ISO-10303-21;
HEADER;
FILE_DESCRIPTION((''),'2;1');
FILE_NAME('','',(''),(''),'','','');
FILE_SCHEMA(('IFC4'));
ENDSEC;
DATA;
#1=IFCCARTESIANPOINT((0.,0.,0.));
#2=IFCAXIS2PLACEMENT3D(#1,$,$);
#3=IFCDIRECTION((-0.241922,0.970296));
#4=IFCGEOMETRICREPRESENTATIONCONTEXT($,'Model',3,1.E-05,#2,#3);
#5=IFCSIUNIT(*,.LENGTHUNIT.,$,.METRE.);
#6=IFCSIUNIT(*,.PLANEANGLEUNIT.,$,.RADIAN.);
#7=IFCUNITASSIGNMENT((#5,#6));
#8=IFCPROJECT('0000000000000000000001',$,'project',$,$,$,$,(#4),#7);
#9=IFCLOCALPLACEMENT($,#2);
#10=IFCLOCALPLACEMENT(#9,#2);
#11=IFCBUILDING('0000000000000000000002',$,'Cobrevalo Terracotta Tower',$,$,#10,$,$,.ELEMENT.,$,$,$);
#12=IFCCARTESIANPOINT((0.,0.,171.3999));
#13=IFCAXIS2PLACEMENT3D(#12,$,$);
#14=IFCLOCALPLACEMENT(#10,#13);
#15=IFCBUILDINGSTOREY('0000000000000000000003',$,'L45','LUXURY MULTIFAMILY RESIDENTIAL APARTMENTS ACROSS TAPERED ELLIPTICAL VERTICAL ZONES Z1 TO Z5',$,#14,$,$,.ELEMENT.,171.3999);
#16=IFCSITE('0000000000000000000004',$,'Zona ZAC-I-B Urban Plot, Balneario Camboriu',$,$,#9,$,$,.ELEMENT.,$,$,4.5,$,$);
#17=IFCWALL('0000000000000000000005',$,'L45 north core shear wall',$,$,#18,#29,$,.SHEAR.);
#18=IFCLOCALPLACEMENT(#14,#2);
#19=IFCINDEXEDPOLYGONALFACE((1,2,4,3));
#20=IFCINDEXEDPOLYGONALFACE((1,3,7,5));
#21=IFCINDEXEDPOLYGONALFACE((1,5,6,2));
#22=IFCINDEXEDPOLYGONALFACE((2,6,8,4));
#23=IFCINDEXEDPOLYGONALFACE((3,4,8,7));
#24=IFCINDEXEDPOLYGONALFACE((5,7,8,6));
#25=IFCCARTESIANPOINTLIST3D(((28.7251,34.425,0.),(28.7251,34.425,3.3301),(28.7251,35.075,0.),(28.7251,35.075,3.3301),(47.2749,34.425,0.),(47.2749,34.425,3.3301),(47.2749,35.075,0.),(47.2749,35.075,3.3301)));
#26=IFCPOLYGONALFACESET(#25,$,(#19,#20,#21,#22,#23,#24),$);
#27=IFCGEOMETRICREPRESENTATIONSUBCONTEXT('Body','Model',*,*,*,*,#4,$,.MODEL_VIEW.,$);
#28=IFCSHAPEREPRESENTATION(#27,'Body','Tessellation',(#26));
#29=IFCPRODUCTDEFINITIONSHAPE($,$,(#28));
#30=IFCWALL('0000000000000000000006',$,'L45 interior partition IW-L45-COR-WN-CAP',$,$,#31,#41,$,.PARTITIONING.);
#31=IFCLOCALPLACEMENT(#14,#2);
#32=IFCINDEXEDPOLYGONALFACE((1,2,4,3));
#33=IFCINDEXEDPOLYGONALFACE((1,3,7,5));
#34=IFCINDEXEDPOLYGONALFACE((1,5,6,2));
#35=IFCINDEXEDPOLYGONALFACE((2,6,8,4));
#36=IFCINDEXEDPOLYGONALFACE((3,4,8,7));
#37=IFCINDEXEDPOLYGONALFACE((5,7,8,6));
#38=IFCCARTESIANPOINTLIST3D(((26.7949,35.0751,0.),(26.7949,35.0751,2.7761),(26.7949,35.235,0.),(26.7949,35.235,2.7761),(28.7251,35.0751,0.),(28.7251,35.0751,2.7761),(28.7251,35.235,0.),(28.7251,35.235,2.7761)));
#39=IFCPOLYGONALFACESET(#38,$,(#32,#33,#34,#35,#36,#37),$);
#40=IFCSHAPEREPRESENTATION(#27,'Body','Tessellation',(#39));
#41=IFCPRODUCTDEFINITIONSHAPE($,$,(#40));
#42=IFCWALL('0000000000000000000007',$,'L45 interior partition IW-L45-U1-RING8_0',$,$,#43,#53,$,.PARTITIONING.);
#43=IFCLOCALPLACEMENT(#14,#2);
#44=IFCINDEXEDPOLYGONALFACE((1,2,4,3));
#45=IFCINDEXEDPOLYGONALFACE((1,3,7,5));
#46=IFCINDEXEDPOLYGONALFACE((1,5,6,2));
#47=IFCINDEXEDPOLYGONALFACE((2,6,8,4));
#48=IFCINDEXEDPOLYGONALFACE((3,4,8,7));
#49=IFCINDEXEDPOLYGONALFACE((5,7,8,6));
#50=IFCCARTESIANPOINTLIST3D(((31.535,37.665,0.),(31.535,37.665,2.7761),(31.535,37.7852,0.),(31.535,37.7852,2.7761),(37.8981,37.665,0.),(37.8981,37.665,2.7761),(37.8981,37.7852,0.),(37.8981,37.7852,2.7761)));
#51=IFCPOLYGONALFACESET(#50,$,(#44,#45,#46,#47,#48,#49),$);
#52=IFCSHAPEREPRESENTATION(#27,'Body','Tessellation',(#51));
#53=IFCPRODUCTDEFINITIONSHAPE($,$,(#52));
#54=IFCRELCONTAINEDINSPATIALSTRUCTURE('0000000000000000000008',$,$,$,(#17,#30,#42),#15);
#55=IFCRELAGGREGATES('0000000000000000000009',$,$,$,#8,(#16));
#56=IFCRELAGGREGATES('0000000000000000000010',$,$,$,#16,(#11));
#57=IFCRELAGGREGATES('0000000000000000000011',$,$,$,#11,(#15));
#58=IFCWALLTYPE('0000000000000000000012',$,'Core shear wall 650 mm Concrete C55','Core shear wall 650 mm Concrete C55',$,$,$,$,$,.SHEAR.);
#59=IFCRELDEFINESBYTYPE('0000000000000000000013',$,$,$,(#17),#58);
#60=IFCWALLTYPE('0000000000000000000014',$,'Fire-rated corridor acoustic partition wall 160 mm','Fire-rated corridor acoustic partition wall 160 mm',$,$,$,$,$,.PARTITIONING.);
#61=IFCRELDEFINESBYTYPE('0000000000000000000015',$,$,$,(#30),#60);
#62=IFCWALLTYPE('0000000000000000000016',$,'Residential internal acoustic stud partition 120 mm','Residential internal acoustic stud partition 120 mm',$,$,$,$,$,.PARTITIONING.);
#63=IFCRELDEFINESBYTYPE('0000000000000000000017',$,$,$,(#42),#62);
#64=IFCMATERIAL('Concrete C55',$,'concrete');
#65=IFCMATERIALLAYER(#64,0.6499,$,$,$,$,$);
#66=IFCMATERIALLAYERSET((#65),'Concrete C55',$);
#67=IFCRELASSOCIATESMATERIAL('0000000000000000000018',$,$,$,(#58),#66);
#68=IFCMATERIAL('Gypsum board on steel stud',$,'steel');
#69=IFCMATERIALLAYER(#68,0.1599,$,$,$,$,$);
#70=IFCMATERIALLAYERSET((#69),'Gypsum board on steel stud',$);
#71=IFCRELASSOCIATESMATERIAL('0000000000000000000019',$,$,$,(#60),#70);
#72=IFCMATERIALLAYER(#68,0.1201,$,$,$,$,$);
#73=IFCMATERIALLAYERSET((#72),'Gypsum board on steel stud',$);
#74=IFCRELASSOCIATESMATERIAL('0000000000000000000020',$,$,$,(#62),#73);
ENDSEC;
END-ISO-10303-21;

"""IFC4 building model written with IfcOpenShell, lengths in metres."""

from ifc_helpers import new_model, si_unit, direction, frame, frame_2d, origin, place, context, subcontext, project, spatial, rectangle, extrude, material, layer, layer_set, type_object, element, save


model = new_model("IFC4")

# Units and contexts
model_context = context("Model", 3, precision=1e-05, world=origin(), true_north=direction((-0.241922, 0.970296)))
body_context = subcontext(model_context, "Body", "Model", "MODEL_VIEW")
ifc_project = project(units=[si_unit("LENGTHUNIT", "METRE"), si_unit("PLANEANGLEUNIT", "RADIAN")], contexts=[model_context])

# Site, building, storey
site_placement = place(None, origin())
site = spatial("IfcSite", under=ifc_project, at=site_placement, Name="Zona ZAC-I-B Urban Plot, Balneario Camboriu", CompositionType="ELEMENT", RefElevation=4.5)
building_placement = place(site_placement, origin())
building = spatial("IfcBuilding", under=site, at=building_placement, Name="Cobrevalo Terracotta Tower", CompositionType="ELEMENT")
storey_placement = place(building_placement, frame((0.0, 0.0, 171.3999)))
storey = spatial("IfcBuildingStorey", under=building, at=storey_placement, Name="L45", Description="LUXURY MULTIFAMILY RESIDENTIAL APARTMENTS ACROSS TAPERED ELLIPTICAL VERTICAL ZONES Z1 TO Z5", CompositionType="ELEMENT", Elevation=171.3999)

# Shared definitions
ifc_material_1 = material(Name="Concrete C55", Category="concrete")

# Walls
ifc_layer_1 = layer(ifc_material_1, 0.6499)
ifc_layer_set_1 = layer_set([ifc_layer_1], Name="Concrete C55")
wall_type_1 = type_object("IfcWallType", Name="Core shear wall 650 mm Concrete C55", Description="Core shear wall 650 mm Concrete C55", PredefinedType="SHEAR", material=ifc_layer_set_1)
wall_1_placement = place(storey_placement, frame((28.7251, 34.75, 0.0), z_axis=(0.0, 0.0, 1.0), x_axis=(1.0, 0.0, 0.0)))
element("IfcWall", 1, at=wall_1_placement, inside=storey, type_object=wall_type_1, Name="L45 north core shear wall", PredefinedType="SHEAR", context=body_context, shape_type="SweptSolid", body=[
    extrude(rectangle(XDim=18.5498, YDim=0.6499, at=frame_2d((9.2749, 0.0))), origin(), (0.0, 0.0, 1.0), 3.3301),
])
ifc_material_2 = material(Name="Gypsum board on steel stud", Category="steel")
ifc_layer_2 = layer(ifc_material_2, 0.1599)
ifc_layer_set_2 = layer_set([ifc_layer_2], Name="Gypsum board on steel stud")
wall_type_2 = type_object("IfcWallType", Name="Fire-rated corridor acoustic partition wall 160 mm", Description="Fire-rated corridor acoustic partition wall 160 mm", PredefinedType="PARTITIONING", material=ifc_layer_set_2)
wall_2_placement = place(storey_placement, frame((26.7949, 35.155, 0.0), z_axis=(0.0, 0.0, 1.0), x_axis=(1.0, 0.0, 0.0)))
element("IfcWall", 2, at=wall_2_placement, inside=storey, type_object=wall_type_2, Name="L45 interior partition IW-L45-COR-WN-CAP", PredefinedType="PARTITIONING", context=body_context, shape_type="SweptSolid", body=[
    extrude(rectangle(XDim=1.9302, YDim=0.1599, at=frame_2d((0.9651, 0.0))), origin(), (0.0, 0.0, 1.0), 2.7761),
])
ifc_layer_3 = layer(ifc_material_2, 0.1201)
ifc_layer_set_3 = layer_set([ifc_layer_3], Name="Gypsum board on steel stud")
wall_type_3 = type_object("IfcWallType", Name="Residential internal acoustic stud partition 120 mm", Description="Residential internal acoustic stud partition 120 mm", PredefinedType="PARTITIONING", material=ifc_layer_set_3)
wall_3_placement = place(storey_placement, frame((31.5349, 37.7251, 0.0), z_axis=(0.0, 0.0, 1.0), x_axis=(1.0, 0.0, 0.0)))
element("IfcWall", 3, at=wall_3_placement, inside=storey, type_object=wall_type_3, Name="L45 interior partition IW-L45-U1-RING8_0", PredefinedType="PARTITIONING", context=body_context, shape_type="SweptSolid", body=[
    extrude(rectangle(XDim=6.363, YDim=0.1201, at=frame_2d((3.1816, 0.0))), origin(), (0.0, 0.0, 1.0), 2.7761),
])

save(model, "model.ifc")
